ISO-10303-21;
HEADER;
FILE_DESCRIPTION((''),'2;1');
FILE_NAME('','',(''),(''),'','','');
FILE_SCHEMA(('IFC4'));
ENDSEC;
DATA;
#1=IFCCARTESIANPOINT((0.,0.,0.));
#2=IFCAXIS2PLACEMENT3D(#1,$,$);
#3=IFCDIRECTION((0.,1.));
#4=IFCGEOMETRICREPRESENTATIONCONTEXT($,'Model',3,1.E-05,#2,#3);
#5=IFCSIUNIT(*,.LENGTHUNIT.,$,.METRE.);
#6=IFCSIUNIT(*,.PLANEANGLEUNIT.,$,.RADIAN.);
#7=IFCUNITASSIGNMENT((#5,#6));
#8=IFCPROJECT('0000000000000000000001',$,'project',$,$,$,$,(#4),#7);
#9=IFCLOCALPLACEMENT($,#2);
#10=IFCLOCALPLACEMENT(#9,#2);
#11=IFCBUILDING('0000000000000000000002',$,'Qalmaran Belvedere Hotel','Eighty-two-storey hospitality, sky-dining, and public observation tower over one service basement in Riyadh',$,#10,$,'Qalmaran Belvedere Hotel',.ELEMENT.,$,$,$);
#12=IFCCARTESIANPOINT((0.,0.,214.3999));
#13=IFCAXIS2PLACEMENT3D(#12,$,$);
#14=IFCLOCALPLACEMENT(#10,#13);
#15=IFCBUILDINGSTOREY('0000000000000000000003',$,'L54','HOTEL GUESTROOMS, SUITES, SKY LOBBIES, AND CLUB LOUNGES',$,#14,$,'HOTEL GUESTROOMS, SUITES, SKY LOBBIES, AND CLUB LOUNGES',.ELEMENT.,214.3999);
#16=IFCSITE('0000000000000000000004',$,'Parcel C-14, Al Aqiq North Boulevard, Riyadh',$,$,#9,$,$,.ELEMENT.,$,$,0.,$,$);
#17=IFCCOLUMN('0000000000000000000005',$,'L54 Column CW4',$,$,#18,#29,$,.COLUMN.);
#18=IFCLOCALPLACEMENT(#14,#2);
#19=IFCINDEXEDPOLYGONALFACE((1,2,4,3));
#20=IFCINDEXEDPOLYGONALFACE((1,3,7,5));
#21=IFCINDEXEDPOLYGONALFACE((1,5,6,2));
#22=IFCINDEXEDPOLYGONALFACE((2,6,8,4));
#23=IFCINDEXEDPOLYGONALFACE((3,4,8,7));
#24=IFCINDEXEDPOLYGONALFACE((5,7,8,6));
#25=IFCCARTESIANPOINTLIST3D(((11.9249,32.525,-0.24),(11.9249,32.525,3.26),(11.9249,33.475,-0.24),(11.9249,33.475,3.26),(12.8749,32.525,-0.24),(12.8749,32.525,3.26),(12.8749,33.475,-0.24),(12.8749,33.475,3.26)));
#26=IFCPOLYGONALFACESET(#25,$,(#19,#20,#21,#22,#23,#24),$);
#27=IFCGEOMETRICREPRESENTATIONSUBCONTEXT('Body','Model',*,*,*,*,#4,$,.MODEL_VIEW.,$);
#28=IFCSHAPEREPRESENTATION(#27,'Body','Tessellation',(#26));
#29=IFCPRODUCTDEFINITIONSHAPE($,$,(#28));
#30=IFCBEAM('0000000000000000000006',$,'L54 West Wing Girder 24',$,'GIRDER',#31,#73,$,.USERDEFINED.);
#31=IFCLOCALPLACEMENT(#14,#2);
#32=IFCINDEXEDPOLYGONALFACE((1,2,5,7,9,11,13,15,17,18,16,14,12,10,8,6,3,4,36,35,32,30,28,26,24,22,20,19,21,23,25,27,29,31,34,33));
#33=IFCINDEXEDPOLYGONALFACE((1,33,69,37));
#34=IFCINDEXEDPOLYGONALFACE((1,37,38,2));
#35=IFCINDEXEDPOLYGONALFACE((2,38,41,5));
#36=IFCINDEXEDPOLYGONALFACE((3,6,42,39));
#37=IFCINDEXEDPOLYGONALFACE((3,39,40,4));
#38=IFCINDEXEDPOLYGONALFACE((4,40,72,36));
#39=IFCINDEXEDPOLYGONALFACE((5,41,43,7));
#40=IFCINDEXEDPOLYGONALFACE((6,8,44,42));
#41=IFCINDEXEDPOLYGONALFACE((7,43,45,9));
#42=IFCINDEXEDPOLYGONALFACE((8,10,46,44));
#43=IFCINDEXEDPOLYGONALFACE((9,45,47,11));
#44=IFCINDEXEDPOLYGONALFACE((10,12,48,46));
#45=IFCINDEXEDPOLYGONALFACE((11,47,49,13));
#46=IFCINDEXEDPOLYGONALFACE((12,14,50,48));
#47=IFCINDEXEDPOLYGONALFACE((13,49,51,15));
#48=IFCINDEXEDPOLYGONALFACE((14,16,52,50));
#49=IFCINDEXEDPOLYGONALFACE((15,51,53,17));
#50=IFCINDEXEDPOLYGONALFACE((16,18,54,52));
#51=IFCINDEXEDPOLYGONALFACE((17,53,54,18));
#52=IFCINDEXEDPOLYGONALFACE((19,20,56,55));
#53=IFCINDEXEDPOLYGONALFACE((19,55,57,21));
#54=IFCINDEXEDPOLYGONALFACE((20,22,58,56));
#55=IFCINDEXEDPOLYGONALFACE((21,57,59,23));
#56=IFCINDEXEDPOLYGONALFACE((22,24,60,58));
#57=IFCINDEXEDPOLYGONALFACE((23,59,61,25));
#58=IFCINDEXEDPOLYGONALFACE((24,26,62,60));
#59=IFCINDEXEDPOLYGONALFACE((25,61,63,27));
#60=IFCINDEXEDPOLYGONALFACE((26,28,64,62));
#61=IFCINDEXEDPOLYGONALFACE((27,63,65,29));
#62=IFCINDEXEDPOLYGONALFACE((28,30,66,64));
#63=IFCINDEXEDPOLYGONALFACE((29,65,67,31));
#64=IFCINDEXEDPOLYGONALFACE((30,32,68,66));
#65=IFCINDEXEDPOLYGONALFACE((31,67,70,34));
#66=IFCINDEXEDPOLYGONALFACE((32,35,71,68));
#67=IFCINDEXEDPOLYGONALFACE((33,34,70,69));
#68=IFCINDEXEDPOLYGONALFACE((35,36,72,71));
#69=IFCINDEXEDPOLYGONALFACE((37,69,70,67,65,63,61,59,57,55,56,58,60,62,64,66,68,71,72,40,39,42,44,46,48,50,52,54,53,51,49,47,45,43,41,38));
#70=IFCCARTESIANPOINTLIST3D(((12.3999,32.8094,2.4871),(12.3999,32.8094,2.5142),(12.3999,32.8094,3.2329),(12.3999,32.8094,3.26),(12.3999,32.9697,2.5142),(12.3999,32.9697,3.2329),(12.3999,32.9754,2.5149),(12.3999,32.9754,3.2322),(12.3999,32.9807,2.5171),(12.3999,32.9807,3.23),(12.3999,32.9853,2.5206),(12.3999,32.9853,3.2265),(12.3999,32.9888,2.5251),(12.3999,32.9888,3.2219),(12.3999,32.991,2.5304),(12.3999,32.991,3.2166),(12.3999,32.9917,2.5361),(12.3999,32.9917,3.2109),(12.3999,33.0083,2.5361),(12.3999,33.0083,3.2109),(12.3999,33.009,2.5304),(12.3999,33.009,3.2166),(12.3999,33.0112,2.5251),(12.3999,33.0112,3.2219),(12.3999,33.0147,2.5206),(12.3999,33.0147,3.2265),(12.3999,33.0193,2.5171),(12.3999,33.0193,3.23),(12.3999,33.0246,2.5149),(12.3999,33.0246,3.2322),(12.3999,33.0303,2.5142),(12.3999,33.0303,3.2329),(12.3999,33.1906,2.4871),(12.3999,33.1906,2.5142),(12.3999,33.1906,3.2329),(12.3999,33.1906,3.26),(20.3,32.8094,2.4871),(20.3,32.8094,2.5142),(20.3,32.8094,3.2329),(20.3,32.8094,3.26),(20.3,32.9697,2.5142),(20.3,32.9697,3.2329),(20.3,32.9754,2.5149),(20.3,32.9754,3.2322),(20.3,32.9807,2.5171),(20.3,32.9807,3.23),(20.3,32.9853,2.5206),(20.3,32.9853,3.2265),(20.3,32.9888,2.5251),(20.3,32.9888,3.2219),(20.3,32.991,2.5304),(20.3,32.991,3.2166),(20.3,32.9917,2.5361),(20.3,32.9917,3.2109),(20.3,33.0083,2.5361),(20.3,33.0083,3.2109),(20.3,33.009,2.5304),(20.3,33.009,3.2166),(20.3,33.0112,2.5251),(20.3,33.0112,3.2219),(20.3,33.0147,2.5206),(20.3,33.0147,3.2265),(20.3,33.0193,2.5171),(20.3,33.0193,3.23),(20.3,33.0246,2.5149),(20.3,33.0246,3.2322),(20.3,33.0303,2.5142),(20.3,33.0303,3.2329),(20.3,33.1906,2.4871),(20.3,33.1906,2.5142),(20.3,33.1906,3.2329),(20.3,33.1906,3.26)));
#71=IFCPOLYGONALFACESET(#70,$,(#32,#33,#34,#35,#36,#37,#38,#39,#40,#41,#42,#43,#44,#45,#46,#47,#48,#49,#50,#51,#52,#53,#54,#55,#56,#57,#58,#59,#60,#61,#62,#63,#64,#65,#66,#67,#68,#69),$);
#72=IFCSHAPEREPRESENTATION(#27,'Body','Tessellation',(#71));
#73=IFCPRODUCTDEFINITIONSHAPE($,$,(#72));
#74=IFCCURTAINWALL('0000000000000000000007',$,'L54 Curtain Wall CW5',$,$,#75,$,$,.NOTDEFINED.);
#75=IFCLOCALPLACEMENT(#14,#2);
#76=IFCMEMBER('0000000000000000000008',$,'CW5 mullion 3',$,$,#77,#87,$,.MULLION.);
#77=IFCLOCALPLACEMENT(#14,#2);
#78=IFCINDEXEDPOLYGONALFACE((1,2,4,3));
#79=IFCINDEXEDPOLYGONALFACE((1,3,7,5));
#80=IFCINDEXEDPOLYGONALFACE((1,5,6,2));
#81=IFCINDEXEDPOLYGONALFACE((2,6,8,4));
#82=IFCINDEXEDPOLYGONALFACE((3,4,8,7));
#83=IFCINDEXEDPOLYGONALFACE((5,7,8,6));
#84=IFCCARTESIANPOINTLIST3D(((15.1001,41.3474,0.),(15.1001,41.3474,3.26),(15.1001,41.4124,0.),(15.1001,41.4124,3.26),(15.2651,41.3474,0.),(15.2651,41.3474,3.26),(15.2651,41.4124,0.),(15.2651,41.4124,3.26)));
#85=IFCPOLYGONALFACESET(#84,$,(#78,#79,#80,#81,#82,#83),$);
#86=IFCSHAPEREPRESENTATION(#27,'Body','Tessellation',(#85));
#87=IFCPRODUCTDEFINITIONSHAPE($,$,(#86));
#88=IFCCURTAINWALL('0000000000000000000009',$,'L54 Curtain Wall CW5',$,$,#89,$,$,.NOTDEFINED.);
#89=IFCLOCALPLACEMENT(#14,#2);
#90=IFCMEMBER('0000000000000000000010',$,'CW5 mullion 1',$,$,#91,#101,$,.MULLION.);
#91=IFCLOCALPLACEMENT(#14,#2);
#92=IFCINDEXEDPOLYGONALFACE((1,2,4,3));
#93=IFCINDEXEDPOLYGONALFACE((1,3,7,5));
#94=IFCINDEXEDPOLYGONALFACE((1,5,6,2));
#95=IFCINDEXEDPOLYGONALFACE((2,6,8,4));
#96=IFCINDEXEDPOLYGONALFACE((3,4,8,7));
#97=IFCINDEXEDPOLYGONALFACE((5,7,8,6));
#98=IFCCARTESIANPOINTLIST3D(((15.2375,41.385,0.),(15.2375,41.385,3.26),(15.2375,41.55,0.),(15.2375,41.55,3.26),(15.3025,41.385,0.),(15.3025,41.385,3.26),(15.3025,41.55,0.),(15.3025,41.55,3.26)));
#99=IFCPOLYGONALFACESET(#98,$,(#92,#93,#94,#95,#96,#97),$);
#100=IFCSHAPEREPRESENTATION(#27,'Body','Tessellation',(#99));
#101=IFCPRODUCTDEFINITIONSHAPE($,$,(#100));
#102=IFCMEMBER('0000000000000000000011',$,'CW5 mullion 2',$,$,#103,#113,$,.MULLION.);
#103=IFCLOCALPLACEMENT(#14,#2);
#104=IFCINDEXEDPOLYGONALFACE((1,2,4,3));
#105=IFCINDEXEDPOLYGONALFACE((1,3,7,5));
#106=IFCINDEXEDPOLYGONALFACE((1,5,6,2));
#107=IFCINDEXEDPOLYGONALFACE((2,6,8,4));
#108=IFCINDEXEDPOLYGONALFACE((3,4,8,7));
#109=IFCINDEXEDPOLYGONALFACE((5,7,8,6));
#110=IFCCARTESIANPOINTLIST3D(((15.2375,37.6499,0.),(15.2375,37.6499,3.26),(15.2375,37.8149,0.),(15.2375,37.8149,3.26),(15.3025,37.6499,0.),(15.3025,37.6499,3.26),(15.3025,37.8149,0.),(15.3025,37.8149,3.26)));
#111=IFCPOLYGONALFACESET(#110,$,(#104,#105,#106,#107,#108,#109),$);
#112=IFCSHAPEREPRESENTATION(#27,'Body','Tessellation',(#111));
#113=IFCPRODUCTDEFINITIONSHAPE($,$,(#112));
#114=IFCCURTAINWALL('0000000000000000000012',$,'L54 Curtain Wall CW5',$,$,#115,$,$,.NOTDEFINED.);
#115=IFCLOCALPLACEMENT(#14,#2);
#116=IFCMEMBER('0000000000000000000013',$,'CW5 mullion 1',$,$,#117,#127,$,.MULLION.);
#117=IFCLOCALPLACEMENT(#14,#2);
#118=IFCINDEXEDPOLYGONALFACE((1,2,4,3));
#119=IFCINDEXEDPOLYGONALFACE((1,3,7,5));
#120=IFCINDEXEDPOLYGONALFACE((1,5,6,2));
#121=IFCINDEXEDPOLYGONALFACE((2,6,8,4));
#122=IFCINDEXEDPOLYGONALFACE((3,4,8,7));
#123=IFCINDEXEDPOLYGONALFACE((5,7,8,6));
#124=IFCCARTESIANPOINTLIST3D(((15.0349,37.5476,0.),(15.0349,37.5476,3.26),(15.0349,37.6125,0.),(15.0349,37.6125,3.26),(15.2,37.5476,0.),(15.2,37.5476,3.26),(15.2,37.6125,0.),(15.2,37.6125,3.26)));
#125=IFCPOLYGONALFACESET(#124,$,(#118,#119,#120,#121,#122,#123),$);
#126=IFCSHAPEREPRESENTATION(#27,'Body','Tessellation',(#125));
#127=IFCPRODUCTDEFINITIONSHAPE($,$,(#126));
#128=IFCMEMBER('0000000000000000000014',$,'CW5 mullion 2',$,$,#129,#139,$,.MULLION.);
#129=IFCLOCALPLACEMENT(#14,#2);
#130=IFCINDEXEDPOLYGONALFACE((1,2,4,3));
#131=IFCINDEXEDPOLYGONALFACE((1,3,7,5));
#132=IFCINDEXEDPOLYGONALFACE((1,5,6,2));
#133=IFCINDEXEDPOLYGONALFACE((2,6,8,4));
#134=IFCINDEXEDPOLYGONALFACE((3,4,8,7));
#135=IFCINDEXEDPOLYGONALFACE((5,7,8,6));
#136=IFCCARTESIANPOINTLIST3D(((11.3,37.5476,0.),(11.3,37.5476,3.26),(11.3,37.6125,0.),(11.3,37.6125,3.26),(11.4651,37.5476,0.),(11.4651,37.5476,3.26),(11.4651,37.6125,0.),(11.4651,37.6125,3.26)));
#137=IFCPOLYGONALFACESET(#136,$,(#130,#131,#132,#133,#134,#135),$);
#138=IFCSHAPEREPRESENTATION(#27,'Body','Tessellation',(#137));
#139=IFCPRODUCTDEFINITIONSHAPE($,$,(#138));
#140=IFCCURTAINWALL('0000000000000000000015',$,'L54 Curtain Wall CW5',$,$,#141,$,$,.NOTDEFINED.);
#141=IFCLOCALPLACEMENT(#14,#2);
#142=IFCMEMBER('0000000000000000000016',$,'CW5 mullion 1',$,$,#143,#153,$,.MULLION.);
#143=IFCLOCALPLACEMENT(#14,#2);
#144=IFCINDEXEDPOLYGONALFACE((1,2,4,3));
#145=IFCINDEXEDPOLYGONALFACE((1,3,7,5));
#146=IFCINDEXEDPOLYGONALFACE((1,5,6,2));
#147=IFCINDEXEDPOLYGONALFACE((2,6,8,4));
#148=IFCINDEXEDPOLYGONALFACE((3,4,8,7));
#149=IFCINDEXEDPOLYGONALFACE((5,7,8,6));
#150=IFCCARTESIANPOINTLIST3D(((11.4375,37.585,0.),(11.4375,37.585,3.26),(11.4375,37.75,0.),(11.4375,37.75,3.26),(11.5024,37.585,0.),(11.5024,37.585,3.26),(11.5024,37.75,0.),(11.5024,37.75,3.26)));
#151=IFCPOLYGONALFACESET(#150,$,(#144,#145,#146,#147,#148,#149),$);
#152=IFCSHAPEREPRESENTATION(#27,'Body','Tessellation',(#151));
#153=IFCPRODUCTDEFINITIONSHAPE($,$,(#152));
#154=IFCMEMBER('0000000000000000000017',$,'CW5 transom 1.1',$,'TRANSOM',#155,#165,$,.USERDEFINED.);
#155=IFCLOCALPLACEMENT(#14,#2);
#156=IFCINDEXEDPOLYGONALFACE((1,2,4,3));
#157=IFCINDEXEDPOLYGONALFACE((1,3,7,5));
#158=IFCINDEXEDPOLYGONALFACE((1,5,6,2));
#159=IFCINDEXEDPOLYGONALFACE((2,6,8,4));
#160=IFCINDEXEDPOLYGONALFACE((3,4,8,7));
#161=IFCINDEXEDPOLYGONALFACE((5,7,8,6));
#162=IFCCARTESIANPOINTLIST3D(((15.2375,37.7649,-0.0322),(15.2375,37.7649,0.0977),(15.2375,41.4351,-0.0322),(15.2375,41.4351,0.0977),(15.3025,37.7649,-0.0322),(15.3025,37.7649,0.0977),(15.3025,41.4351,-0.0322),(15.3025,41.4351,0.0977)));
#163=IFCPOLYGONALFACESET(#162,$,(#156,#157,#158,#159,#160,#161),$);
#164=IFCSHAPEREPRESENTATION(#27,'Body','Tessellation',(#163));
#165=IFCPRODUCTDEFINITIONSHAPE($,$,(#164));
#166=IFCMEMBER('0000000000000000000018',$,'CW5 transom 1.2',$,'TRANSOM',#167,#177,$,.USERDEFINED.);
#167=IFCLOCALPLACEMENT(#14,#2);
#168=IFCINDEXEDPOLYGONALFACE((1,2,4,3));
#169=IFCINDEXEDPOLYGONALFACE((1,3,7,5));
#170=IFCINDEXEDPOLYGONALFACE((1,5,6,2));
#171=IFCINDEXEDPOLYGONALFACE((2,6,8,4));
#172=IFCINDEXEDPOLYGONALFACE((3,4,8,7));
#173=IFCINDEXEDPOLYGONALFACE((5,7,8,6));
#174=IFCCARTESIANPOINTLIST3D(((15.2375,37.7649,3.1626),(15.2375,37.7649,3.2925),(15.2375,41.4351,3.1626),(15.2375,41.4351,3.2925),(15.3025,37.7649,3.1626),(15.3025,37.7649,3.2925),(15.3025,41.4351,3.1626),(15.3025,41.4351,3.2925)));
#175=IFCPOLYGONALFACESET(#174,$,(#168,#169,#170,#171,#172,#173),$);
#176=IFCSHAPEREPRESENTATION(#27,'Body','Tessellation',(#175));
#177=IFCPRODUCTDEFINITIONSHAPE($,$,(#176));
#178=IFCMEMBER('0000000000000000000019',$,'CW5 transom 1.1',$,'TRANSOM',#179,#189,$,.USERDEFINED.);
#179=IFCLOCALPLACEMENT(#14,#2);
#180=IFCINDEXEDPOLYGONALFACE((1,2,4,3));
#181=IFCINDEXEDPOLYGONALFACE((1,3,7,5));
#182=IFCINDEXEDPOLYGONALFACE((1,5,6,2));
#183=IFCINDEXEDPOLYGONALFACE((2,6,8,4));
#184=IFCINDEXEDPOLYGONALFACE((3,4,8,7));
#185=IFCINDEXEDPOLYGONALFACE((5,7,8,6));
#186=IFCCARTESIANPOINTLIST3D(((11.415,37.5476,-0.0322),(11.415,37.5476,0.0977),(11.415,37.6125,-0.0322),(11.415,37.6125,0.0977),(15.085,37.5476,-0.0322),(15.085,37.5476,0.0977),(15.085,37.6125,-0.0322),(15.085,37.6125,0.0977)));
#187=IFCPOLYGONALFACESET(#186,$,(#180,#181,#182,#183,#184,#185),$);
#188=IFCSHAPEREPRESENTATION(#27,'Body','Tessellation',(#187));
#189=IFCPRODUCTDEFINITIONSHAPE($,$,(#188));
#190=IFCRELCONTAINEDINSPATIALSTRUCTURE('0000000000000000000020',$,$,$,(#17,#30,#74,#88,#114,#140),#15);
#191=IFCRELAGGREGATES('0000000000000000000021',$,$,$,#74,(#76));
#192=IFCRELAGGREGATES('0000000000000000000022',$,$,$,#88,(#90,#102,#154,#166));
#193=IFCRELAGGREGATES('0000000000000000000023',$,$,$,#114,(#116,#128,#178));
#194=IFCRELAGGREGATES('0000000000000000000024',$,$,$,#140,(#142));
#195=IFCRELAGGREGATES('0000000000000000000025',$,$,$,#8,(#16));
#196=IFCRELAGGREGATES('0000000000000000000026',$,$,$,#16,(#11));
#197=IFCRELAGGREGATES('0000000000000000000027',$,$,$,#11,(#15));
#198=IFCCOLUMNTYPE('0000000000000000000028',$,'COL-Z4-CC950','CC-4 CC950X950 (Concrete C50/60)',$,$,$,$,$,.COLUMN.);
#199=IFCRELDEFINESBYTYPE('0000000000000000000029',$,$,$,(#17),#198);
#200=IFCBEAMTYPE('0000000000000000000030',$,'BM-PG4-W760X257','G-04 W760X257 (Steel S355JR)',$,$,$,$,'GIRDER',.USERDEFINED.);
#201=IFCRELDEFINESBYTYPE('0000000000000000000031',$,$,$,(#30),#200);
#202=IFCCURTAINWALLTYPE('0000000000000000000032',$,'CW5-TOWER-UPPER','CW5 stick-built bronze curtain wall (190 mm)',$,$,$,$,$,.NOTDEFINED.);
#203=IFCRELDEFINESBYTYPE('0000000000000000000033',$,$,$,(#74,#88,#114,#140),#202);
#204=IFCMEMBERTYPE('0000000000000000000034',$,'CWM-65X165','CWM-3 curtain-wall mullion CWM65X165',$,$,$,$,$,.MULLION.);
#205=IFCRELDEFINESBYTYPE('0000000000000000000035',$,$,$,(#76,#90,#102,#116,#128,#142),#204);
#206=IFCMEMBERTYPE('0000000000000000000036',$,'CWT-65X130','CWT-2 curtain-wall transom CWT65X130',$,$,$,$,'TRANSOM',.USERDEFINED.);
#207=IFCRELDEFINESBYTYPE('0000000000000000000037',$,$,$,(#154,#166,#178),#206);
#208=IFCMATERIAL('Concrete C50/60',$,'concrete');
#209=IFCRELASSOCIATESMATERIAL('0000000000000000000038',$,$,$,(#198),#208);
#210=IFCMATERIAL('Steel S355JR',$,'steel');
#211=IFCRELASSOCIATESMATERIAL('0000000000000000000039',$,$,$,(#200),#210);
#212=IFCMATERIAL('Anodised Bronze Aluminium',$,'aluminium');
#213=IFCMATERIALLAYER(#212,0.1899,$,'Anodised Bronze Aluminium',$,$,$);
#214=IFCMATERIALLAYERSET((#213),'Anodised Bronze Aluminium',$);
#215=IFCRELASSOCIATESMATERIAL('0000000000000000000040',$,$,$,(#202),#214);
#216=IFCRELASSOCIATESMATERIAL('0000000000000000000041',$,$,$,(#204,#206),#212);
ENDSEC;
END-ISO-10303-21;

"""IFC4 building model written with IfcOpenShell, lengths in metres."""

from ifc_helpers import new_model, si_unit, direction, frame, origin, origin_2d, place, context, subcontext, project, spatial, rectangle, i_section, extrude, material, layer, layer_set, material_profile, profile_set, type_object, element, aggregate, save


model = new_model("IFC4")

# Units and contexts
model_context = context("Model", 3, precision=1e-05, world=origin(), true_north=direction((0.0, 1.0)))
body_context = subcontext(model_context, "Body", "Model", "MODEL_VIEW")
ifc_project = project(units=[si_unit("LENGTHUNIT", "METRE"), si_unit("PLANEANGLEUNIT", "RADIAN")], contexts=[model_context])

# Site, building, storey
site_placement = place(None, origin())
site = spatial("IfcSite", under=ifc_project, at=site_placement, Name="Parcel C-14, Al Aqiq North Boulevard, Riyadh", CompositionType="ELEMENT", RefElevation=0.0)
building_placement = place(site_placement, origin())
building = spatial("IfcBuilding", under=site, at=building_placement, Name="Qalmaran Belvedere Hotel", Description="Eighty-two-storey hospitality, sky-dining, and public observation tower over one service basement in Riyadh", LongName="Qalmaran Belvedere Hotel", CompositionType="ELEMENT")
storey_placement = place(building_placement, frame((0.0, 0.0, 214.3999)))
storey = spatial("IfcBuildingStorey", under=building, at=storey_placement, Name="L54", Description="HOTEL GUESTROOMS, SUITES, SKY LOBBIES, AND CLUB LOUNGES", LongName="HOTEL GUESTROOMS, SUITES, SKY LOBBIES, AND CLUB LOUNGES", CompositionType="ELEMENT", Elevation=214.3999)

# Column
ifc_material_1 = material(Name="Concrete C50/60", Category="concrete")
ifc_material_profile_1 = material_profile(ifc_material_1, rectangle(XDim=0.95, YDim=0.95, at=origin_2d()), Name="CC950X950")
ifc_profile_set_1 = profile_set([ifc_material_profile_1], Name="Concrete C50/60")
column_type = type_object("IfcColumnType", Name="COL-Z4-CC950", Description="CC-4 CC950X950 (Concrete C50/60)", PredefinedType="COLUMN", material=ifc_profile_set_1)
column_placement = place(storey_placement, frame((12.3999, 33.0, -0.24), z_axis=(0.0, 0.0, 1.0), x_axis=(1.0, 0.0, 0.0)))
element("IfcColumn", 1, at=column_placement, inside=storey, type_object=column_type, Name="L54 Column CW4", PredefinedType="COLUMN", context=body_context, shape_type="SweptSolid", body=[
    extrude(rectangle(XDim=0.95, YDim=0.95, at=origin_2d()), origin(), (0.0, 0.0, 1.0), 3.5),
])

# Beam
ifc_material_2 = material(Name="Steel S355JR", Category="steel")
ifc_material_profile_2 = material_profile(ifc_material_2, i_section(OverallWidth=0.3811, OverallDepth=0.7729, WebThickness=0.0166, FlangeThickness=0.0271, FilletRadius=0.022, at=origin_2d()), Name="W760X257")
ifc_profile_set_2 = profile_set([ifc_material_profile_2], Name="Steel S355JR")
beam_type = type_object("IfcBeamType", Name="BM-PG4-W760X257", Description="G-04 W760X257 (Steel S355JR)", ElementType="GIRDER", PredefinedType="USERDEFINED", material=ifc_profile_set_2)
beam_placement = place(storey_placement, frame((12.3999, 33.0, 2.8735), z_axis=(1.0, 0.0, 0.0), x_axis=(0.0, 1.0, 0.0)))
element("IfcBeam", 2, at=beam_placement, inside=storey, type_object=beam_type, Name="L54 West Wing Girder 24", ObjectType="GIRDER", PredefinedType="USERDEFINED", context=body_context, shape_type="SweptSolid", body=[
    extrude(i_section(OverallWidth=0.3811, OverallDepth=0.7729, WebThickness=0.0166, FlangeThickness=0.0271, FilletRadius=0.022, at=origin_2d()), origin(), (0.0, 0.0, 1.0), 7.9001),
])

# Curtain wall, member
ifc_material_3 = material(Name="Anodised Bronze Aluminium", Category="aluminium")
ifc_layer_1 = layer(ifc_material_3, 0.1899, Name="Anodised Bronze Aluminium")
ifc_layer_set_1 = layer_set([ifc_layer_1], Name="Anodised Bronze Aluminium")
curtain_wall_type = type_object("IfcCurtainWallType", Name="CW5-TOWER-UPPER", Description="CW5 stick-built bronze curtain wall (190 mm)", PredefinedType="NOTDEFINED", material=ifc_layer_set_1)
curtain_wall_1_placement = place(storey_placement, origin())
curtain_wall_1 = element("IfcCurtainWall", 3, at=curtain_wall_1_placement, inside=storey, type_object=curtain_wall_type, Name="L54 Curtain Wall CW5", PredefinedType="NOTDEFINED")
ifc_material_profile_3 = material_profile(ifc_material_3, rectangle(XDim=0.0649, YDim=0.165, at=origin_2d()), Name="CWM65X165")
ifc_profile_set_3 = profile_set([ifc_material_profile_3], Name="Anodised Bronze Aluminium")
member_type_1 = type_object("IfcMemberType", Name="CWM-65X165", Description="CWM-3 curtain-wall mullion CWM65X165", PredefinedType="MULLION", material=ifc_profile_set_3)
member_1_placement = place(storey_placement, frame((15.1826, 41.3799, 0.0), z_axis=(0.0, 0.0, 1.0), x_axis=(0.0, -1.0, 0.0)))
member_1 = element("IfcMember", 4, at=member_1_placement, type_object=member_type_1, Name="CW5 mullion 3", PredefinedType="MULLION", context=body_context, shape_type="SweptSolid", body=[
    extrude(rectangle(XDim=0.0649, YDim=0.165, at=origin_2d()), origin(), (0.0, 0.0, 1.0), 3.26),
])
aggregate(curtain_wall_1, [member_1])

# Curtain walls, members
curtain_wall_2_placement = place(storey_placement, origin())
curtain_wall_2 = element("IfcCurtainWall", 5, at=curtain_wall_2_placement, inside=storey, type_object=curtain_wall_type, Name="L54 Curtain Wall CW5", PredefinedType="NOTDEFINED")
member_2_placement = place(storey_placement, frame((15.27, 41.4675, 0.0), z_axis=(0.0, 0.0, 1.0), x_axis=(1.0, 0.0, 0.0)))
member_2 = element("IfcMember", 6, at=member_2_placement, type_object=member_type_1, Name="CW5 mullion 1", PredefinedType="MULLION", context=body_context, shape_type="SweptSolid", body=[
    extrude(rectangle(XDim=0.0649, YDim=0.165, at=origin_2d()), origin(), (0.0, 0.0, 1.0), 3.26),
])
member_3_placement = place(storey_placement, frame((15.27, 37.7324, 0.0), z_axis=(0.0, 0.0, 1.0), x_axis=(1.0, 0.0, 0.0)))
member_3 = element("IfcMember", 7, at=member_3_placement, type_object=member_type_1, Name="CW5 mullion 2", PredefinedType="MULLION", context=body_context, shape_type="SweptSolid", body=[
    extrude(rectangle(XDim=0.0649, YDim=0.165, at=origin_2d()), origin(), (0.0, 0.0, 1.0), 3.26),
])
curtain_wall_3_placement = place(storey_placement, origin())
curtain_wall_3 = element("IfcCurtainWall", 8, at=curtain_wall_3_placement, inside=storey, type_object=curtain_wall_type, Name="L54 Curtain Wall CW5", PredefinedType="NOTDEFINED")
member_4_placement = place(storey_placement, frame((15.1174, 37.5801, 0.0), z_axis=(0.0, 0.0, 1.0), x_axis=(0.0, -1.0, 0.0)))
member_4 = element("IfcMember", 9, at=member_4_placement, type_object=member_type_1, Name="CW5 mullion 1", PredefinedType="MULLION", context=body_context, shape_type="SweptSolid", body=[
    extrude(rectangle(XDim=0.0649, YDim=0.165, at=origin_2d()), origin(), (0.0, 0.0, 1.0), 3.26),
])
member_5_placement = place(storey_placement, frame((11.3826, 37.5801, 0.0), z_axis=(0.0, 0.0, 1.0), x_axis=(0.0, -1.0, 0.0)))
member_5 = element("IfcMember", 10, at=member_5_placement, type_object=member_type_1, Name="CW5 mullion 2", PredefinedType="MULLION", context=body_context, shape_type="SweptSolid", body=[
    extrude(rectangle(XDim=0.0649, YDim=0.165, at=origin_2d()), origin(), (0.0, 0.0, 1.0), 3.26),
])

# Curtain wall, member
curtain_wall_4_placement = place(storey_placement, origin())
curtain_wall_4 = element("IfcCurtainWall", 11, at=curtain_wall_4_placement, inside=storey, type_object=curtain_wall_type, Name="L54 Curtain Wall CW5", PredefinedType="NOTDEFINED")
member_6_placement = place(storey_placement, frame((11.47, 37.6675, 0.0), z_axis=(0.0, 0.0, 1.0), x_axis=(1.0, 0.0, 0.0)))
member_6 = element("IfcMember", 12, at=member_6_placement, type_object=member_type_1, Name="CW5 mullion 1", PredefinedType="MULLION", context=body_context, shape_type="SweptSolid", body=[
    extrude(rectangle(XDim=0.0649, YDim=0.165, at=origin_2d()), origin(), (0.0, 0.0, 1.0), 3.26),
])

# Members
ifc_material_profile_4 = material_profile(ifc_material_3, rectangle(XDim=0.0649, YDim=0.1299, at=origin_2d()), Name="CWT65X130")
ifc_profile_set_4 = profile_set([ifc_material_profile_4], Name="Anodised Bronze Aluminium")
member_type_2 = type_object("IfcMemberType", Name="CWT-65X130", Description="CWT-2 curtain-wall transom CWT65X130", ElementType="TRANSOM", PredefinedType="USERDEFINED", material=ifc_profile_set_4)
member_7_placement = place(storey_placement, frame((15.27, 41.4351, 0.0327), z_axis=(0.0, -1.0, 0.0), x_axis=(1.0, 0.0, 0.0)))
member_7 = element("IfcMember", 13, at=member_7_placement, type_object=member_type_2, Name="CW5 transom 1.1", ObjectType="TRANSOM", PredefinedType="USERDEFINED", context=body_context, shape_type="SweptSolid", body=[
    extrude(rectangle(XDim=0.0649, YDim=0.1299, at=origin_2d()), origin(), (0.0, 0.0, 1.0), 3.6702),
])
member_8_placement = place(storey_placement, frame((15.27, 41.4351, 3.2275), z_axis=(0.0, -1.0, 0.0), x_axis=(1.0, 0.0, 0.0)))
member_8 = element("IfcMember", 14, at=member_8_placement, type_object=member_type_2, Name="CW5 transom 1.2", ObjectType="TRANSOM", PredefinedType="USERDEFINED", context=body_context, shape_type="SweptSolid", body=[
    extrude(rectangle(XDim=0.0649, YDim=0.1299, at=origin_2d()), origin(), (0.0, 0.0, 1.0), 3.6702),
])
member_9_placement = place(storey_placement, frame((15.085, 37.5801, 0.0327), z_axis=(-1.0, 0.0, 0.0), x_axis=(0.0, -1.0, 0.0)))
member_9 = element("IfcMember", 15, at=member_9_placement, type_object=member_type_2, Name="CW5 transom 1.1", ObjectType="TRANSOM", PredefinedType="USERDEFINED", context=body_context, shape_type="SweptSolid", body=[
    extrude(rectangle(XDim=0.0649, YDim=0.1299, at=origin_2d()), origin(), (0.0, 0.0, 1.0), 3.6699),
])

aggregate(curtain_wall_2, [member_2, member_3, member_7, member_8])
aggregate(curtain_wall_3, [member_4, member_5, member_9])
aggregate(curtain_wall_4, [member_6])

save(model, "model.ifc")
